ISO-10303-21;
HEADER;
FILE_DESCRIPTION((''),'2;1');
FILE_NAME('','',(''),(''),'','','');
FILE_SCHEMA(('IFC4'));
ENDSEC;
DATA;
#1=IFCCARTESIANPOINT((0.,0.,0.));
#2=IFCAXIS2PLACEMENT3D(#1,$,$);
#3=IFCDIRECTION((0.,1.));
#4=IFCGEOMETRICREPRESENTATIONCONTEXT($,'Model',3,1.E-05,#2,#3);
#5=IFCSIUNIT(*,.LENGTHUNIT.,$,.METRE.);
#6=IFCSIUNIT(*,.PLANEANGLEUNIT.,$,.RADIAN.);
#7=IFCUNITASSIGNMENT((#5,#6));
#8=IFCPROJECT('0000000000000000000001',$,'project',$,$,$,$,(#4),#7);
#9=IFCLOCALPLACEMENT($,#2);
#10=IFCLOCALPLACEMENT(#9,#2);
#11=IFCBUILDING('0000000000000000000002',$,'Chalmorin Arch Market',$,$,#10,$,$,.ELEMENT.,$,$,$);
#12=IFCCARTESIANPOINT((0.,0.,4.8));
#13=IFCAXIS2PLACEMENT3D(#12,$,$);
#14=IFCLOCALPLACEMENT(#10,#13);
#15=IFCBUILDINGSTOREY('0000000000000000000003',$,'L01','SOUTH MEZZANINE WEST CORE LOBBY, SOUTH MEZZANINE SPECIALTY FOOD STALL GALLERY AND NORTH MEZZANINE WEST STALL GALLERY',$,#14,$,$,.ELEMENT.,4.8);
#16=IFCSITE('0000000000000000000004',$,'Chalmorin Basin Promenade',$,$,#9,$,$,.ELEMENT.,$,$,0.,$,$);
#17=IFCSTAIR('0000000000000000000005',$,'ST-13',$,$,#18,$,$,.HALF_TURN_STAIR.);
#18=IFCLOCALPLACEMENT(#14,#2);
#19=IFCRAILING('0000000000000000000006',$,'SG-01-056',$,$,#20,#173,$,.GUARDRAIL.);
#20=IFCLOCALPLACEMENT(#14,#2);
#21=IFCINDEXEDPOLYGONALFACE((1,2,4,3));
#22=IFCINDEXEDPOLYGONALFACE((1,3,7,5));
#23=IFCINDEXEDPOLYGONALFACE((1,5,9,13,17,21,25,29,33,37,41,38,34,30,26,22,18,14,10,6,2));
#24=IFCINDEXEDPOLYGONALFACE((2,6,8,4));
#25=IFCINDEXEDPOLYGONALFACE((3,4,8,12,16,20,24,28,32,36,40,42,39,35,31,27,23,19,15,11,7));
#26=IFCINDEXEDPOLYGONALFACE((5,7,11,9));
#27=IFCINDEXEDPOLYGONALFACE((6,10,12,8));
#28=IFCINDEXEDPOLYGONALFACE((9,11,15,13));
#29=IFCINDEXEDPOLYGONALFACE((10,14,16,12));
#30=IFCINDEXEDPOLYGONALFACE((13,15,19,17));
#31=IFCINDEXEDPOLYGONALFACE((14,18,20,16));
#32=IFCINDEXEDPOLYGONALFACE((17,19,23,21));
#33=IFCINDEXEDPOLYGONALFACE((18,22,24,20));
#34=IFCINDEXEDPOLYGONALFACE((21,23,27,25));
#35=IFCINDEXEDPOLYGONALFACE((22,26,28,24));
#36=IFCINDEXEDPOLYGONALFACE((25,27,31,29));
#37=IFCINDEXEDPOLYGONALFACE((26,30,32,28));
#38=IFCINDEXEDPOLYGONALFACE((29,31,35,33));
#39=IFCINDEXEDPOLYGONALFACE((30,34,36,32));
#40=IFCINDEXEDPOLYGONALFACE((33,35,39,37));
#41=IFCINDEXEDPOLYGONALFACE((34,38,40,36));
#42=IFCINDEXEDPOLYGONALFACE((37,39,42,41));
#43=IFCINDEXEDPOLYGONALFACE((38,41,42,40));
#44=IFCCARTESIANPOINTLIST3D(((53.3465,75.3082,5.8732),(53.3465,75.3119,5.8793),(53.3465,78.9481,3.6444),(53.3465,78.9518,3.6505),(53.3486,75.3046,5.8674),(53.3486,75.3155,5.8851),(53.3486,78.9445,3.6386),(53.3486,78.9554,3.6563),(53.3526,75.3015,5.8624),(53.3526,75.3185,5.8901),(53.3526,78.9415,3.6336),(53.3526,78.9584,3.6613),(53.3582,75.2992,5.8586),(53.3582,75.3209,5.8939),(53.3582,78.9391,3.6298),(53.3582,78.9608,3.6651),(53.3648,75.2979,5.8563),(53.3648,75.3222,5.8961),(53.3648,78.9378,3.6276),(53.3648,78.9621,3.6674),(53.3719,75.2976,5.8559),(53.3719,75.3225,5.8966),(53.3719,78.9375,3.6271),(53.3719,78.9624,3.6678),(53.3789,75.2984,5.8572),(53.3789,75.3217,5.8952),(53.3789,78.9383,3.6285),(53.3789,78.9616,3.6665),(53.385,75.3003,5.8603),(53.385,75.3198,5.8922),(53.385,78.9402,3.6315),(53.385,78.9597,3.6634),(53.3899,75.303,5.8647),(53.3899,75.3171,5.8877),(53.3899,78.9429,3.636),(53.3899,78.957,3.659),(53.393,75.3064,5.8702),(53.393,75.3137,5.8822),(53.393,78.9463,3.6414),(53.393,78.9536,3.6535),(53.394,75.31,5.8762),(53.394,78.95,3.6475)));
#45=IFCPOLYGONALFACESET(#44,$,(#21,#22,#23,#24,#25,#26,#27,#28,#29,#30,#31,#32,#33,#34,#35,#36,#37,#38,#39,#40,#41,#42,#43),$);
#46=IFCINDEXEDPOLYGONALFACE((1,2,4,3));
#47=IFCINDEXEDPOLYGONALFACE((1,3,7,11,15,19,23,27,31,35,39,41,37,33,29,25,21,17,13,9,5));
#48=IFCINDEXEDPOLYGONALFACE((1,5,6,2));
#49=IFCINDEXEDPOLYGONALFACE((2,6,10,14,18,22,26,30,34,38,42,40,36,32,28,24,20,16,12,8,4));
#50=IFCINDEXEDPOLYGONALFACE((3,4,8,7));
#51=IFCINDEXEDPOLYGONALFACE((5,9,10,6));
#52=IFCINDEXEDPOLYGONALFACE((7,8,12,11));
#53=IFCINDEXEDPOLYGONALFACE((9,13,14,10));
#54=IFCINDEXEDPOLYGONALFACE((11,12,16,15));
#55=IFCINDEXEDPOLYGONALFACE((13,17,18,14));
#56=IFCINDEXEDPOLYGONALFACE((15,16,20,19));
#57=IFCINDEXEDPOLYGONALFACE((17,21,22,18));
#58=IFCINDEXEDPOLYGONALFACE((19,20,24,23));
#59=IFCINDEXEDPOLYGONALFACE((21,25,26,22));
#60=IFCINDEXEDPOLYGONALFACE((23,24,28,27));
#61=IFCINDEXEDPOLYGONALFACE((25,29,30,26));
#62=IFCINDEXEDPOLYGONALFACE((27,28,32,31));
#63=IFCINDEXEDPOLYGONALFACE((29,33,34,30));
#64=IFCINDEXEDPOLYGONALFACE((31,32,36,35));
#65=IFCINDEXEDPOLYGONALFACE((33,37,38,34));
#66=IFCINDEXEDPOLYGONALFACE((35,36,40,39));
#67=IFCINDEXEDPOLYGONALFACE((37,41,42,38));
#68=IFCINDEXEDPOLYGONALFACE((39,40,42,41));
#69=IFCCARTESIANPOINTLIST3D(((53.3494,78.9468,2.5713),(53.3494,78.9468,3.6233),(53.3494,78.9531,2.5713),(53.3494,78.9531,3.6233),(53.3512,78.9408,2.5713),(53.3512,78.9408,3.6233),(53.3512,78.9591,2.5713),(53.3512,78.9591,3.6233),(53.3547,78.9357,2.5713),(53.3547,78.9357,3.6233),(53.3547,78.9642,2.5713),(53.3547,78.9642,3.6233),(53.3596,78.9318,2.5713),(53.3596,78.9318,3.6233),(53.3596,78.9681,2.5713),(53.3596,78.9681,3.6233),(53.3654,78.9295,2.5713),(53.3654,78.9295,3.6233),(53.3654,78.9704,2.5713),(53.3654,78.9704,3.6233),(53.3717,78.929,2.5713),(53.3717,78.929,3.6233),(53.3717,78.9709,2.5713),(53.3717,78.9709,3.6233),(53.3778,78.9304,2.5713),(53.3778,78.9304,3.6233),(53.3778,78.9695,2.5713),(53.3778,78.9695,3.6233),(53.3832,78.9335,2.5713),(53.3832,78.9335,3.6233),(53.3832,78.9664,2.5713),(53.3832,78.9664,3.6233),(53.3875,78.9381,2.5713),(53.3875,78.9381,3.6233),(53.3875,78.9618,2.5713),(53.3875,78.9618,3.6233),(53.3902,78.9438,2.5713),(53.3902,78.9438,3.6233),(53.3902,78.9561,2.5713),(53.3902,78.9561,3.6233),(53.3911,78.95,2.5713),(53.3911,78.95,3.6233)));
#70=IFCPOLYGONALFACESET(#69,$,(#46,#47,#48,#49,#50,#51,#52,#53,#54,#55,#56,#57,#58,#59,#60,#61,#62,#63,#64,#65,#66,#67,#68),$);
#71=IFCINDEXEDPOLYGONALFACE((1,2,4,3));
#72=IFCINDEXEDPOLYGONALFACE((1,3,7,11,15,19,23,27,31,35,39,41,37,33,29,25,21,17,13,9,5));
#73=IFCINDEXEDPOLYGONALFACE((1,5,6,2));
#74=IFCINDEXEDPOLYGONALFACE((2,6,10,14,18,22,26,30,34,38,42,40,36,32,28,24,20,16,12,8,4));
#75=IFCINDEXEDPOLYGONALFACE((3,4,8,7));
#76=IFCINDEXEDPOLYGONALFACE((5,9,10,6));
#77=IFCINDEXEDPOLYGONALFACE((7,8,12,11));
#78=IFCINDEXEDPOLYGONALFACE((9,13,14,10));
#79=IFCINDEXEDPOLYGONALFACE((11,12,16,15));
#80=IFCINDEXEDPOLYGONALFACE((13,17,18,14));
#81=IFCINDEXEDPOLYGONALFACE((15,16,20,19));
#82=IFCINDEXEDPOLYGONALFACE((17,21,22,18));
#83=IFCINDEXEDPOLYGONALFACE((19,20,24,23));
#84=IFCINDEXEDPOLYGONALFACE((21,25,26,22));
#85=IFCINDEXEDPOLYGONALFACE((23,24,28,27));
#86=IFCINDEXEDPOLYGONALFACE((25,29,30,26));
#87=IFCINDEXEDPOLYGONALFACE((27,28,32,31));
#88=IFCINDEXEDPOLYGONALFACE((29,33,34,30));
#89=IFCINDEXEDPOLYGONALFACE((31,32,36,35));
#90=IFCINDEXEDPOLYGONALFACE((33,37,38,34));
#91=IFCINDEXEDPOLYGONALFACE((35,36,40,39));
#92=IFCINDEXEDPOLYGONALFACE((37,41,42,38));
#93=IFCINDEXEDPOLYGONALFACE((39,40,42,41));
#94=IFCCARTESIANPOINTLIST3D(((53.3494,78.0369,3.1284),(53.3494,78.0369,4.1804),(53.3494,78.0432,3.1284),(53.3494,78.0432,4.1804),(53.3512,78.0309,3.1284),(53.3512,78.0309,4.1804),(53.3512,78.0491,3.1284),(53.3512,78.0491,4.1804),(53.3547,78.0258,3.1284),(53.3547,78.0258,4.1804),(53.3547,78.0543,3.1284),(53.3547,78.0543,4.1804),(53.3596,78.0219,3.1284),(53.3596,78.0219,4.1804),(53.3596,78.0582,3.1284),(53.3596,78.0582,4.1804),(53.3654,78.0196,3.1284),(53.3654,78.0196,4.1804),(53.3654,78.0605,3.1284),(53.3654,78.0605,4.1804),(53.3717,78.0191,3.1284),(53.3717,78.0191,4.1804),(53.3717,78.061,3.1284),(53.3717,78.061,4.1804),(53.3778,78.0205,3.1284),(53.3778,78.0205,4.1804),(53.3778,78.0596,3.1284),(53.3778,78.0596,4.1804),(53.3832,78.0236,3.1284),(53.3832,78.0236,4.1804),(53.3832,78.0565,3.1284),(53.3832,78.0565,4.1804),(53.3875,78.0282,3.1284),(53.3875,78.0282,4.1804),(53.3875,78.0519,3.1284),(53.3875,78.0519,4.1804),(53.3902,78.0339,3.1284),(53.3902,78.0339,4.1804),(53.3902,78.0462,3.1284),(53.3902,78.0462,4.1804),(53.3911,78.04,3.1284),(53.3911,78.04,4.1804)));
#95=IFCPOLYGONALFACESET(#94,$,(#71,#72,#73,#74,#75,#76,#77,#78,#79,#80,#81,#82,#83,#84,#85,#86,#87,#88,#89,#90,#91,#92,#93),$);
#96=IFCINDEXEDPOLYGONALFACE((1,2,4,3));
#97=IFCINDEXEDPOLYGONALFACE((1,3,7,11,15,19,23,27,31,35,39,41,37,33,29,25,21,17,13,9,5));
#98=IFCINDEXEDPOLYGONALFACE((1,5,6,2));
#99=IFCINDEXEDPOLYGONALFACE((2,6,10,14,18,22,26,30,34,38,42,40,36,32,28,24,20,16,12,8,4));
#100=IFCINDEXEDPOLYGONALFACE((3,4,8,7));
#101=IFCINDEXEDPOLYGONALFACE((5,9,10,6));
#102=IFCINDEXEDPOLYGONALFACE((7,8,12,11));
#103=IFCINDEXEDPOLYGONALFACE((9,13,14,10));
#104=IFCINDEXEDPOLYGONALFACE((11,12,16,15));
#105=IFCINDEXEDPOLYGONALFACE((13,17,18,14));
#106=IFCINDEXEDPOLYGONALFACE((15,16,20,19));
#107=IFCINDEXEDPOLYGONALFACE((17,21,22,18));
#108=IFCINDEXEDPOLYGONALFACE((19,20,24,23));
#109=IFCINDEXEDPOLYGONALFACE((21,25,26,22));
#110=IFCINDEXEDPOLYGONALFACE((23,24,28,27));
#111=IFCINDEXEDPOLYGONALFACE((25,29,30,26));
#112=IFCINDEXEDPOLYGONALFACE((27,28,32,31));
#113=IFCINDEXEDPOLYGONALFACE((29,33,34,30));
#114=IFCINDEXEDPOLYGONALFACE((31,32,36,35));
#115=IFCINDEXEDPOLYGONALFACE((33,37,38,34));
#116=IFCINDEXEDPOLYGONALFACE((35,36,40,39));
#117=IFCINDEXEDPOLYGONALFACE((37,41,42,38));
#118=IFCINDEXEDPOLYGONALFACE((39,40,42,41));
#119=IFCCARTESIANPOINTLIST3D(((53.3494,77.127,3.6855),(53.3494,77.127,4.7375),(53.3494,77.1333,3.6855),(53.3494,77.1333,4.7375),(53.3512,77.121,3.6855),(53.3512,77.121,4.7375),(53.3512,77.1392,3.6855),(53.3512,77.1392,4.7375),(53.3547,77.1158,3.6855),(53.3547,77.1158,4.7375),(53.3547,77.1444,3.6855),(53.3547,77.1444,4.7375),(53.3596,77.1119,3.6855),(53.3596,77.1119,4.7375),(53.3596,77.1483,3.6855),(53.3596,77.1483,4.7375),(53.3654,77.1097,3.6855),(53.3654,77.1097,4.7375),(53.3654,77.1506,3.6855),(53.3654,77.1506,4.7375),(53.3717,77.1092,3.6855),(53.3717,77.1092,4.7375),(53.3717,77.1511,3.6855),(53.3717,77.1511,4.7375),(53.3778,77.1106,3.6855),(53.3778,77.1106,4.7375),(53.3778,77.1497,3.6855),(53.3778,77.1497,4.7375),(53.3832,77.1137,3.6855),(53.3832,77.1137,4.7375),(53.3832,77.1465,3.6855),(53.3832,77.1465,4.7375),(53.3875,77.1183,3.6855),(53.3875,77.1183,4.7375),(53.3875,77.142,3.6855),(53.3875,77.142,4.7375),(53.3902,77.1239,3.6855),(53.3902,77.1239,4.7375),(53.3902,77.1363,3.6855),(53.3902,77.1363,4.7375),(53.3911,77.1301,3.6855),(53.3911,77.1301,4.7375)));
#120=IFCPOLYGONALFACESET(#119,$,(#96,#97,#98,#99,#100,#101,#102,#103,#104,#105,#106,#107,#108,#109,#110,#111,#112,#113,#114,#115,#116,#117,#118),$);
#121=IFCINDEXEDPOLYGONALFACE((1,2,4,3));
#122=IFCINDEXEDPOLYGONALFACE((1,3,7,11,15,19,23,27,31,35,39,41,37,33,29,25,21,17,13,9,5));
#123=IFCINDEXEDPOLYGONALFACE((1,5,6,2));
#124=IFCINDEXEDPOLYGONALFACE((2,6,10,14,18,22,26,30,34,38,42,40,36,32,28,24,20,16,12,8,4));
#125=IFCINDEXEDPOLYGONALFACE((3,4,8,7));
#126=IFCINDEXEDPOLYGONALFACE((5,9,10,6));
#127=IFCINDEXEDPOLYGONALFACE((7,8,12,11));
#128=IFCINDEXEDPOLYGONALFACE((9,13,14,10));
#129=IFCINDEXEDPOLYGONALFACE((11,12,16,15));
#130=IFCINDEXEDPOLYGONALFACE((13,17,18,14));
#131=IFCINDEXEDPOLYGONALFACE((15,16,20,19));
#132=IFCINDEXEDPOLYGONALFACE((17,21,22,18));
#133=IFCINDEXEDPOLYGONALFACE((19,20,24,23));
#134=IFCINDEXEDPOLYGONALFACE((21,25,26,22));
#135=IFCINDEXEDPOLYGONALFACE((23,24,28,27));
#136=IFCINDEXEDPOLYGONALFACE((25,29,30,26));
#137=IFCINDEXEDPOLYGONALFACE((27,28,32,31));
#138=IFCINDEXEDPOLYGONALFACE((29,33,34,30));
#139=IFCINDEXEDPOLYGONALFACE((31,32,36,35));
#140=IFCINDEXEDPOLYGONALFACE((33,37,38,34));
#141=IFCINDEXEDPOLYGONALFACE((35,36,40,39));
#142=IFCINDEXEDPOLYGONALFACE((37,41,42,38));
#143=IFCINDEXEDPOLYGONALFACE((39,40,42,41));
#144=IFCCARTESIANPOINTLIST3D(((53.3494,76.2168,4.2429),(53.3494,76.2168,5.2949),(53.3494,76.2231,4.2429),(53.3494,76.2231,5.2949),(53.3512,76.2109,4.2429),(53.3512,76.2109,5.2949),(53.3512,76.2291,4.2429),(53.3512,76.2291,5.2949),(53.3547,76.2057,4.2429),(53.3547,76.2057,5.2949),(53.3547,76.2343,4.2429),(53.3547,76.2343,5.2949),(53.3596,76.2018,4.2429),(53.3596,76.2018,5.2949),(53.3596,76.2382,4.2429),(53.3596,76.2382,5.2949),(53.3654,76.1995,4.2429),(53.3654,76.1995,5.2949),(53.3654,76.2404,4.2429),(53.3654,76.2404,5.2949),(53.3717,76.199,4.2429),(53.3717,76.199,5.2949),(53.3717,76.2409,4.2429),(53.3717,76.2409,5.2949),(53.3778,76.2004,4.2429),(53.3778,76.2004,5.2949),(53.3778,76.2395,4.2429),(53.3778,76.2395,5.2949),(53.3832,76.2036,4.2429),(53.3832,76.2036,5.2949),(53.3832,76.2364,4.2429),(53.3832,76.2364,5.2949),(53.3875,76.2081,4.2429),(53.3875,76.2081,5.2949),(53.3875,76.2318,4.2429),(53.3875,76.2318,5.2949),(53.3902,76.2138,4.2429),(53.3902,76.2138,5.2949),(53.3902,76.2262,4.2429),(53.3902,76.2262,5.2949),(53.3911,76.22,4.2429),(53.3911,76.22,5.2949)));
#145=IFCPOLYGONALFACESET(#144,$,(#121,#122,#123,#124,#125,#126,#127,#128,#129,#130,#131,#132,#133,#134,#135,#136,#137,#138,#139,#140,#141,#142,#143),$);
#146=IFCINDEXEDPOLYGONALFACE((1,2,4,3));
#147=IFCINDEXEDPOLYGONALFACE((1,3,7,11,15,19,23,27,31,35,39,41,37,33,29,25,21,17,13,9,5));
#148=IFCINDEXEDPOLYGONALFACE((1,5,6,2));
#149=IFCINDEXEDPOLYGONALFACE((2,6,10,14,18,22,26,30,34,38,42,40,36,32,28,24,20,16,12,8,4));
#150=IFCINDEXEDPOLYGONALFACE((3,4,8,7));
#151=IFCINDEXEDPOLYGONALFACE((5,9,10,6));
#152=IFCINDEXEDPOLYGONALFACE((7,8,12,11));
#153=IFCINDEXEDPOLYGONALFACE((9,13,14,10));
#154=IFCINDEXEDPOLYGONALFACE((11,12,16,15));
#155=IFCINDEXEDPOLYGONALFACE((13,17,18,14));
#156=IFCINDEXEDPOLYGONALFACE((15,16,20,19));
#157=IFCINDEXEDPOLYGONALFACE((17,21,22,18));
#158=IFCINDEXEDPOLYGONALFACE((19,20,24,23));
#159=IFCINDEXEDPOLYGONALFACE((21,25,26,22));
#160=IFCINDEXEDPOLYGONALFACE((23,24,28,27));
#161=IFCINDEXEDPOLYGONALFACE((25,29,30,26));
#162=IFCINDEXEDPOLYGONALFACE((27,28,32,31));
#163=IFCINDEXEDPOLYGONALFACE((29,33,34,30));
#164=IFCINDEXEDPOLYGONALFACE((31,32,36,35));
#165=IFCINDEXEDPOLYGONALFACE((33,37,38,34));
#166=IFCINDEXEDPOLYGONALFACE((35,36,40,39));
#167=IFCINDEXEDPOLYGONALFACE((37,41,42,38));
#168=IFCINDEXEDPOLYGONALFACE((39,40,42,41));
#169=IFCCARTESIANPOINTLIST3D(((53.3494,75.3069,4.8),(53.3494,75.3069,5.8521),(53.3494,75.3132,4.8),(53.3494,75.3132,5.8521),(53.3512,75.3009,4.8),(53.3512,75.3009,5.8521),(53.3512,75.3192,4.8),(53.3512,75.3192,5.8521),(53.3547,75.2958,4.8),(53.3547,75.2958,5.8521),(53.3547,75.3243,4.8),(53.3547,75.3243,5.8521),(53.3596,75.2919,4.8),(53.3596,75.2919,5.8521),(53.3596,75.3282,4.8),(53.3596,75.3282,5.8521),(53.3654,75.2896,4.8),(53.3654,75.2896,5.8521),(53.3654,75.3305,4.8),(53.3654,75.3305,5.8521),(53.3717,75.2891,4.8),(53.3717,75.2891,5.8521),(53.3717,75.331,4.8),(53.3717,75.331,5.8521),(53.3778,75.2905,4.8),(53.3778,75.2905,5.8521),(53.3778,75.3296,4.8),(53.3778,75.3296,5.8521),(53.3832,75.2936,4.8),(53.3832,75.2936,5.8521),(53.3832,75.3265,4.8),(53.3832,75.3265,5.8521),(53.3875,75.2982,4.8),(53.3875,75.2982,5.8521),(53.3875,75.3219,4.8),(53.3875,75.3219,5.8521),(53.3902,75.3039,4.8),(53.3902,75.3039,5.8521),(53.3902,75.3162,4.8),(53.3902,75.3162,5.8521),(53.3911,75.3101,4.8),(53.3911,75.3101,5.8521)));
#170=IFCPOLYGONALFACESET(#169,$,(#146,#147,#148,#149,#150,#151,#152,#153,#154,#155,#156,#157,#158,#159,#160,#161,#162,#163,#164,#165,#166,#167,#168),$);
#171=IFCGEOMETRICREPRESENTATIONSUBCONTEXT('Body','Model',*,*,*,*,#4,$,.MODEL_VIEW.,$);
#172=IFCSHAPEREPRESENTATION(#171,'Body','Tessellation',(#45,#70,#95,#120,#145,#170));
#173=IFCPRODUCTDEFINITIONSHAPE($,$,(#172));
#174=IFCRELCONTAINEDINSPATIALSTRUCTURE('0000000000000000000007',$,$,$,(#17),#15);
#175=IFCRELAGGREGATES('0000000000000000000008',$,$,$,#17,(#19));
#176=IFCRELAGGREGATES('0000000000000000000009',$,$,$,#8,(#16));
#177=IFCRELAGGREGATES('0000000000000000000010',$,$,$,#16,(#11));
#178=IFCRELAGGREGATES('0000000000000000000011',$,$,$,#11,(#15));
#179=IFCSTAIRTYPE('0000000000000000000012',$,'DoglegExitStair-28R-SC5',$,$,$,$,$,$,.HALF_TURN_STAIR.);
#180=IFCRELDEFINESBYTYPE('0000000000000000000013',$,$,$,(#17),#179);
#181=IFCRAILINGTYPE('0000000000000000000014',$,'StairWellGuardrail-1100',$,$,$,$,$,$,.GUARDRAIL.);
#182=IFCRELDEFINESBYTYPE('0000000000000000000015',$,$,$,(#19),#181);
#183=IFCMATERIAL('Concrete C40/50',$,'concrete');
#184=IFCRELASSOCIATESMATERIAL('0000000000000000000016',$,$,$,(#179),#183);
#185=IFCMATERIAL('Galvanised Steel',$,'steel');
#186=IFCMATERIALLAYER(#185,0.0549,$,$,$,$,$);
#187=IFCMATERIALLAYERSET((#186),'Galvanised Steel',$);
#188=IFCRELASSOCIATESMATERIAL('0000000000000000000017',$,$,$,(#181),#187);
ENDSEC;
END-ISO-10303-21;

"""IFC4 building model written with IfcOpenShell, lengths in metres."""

from ifc_helpers import new_model, si_unit, direction, frame, origin, origin_2d, place, context, subcontext, project, spatial, circle, extrude, material, layer, layer_set, type_object, element, aggregate, save


model = new_model("IFC4")

# Units and contexts
model_context = context("Model", 3, precision=1e-05, world=origin(), true_north=direction((0.0, 1.0)))
body_context = subcontext(model_context, "Body", "Model", "MODEL_VIEW")
ifc_project = project(units=[si_unit("LENGTHUNIT", "METRE"), si_unit("PLANEANGLEUNIT", "RADIAN")], contexts=[model_context])

# Site, building, storey
site_placement = place(None, origin())
site = spatial("IfcSite", under=ifc_project, at=site_placement, Name="Chalmorin Basin Promenade", CompositionType="ELEMENT", RefElevation=0.0)
building_placement = place(site_placement, origin())
building = spatial("IfcBuilding", under=site, at=building_placement, Name="Chalmorin Arch Market", CompositionType="ELEMENT")
storey_placement = place(building_placement, frame((0.0, 0.0, 4.8)))
storey = spatial("IfcBuildingStorey", under=building, at=storey_placement, Name="L01", Description="SOUTH MEZZANINE WEST CORE LOBBY, SOUTH MEZZANINE SPECIALTY FOOD STALL GALLERY AND NORTH MEZZANINE WEST STALL GALLERY", CompositionType="ELEMENT", Elevation=4.8)

# Shared definitions
ifc_material_1 = material(Name="Concrete C40/50", Category="concrete")

# Shared definitions
ifc_material_2 = material(Name="Galvanised Steel", Category="steel")

# Stair, railing
stair_type = type_object("IfcStairType", Name="DoglegExitStair-28R-SC5", PredefinedType="HALF_TURN_STAIR", material=ifc_material_1)
stair_placement = place(storey_placement, origin())
stair = element("IfcStair", 1, at=stair_placement, inside=storey, type_object=stair_type, Name="ST-13", PredefinedType="HALF_TURN_STAIR")
ifc_layer_1 = layer(ifc_material_2, 0.0549)
ifc_layer_set_1 = layer_set([ifc_layer_1], Name="Galvanised Steel")
railing_type_1 = type_object("IfcRailingType", Name="StairWellGuardrail-1100", PredefinedType="GUARDRAIL", material=ifc_layer_set_1)
railing_1_placement = place(storey_placement, frame((53.3701, 78.95, 2.5713)))
railing_1 = element("IfcRailing", 2, at=railing_1_placement, type_object=railing_type_1, Name="SG-01-056", PredefinedType="GUARDRAIL", context=body_context, shape_type="SweptSolid", body=[
    extrude(circle(Radius=0.0239, at=origin_2d()), frame((0.0, 0.0, 1.0762), z_axis=(0.0, -0.852825, 0.522197), x_axis=(1.0, 0.0, 0.0)), (0.0, 0.0, 1.0), 4.2681),
    extrude(circle(Radius=0.021, at=origin_2d()), origin(), (0.0, 0.0, 1.0), 1.052),
    extrude(circle(Radius=0.021, at=origin_2d()), frame((0.0, -0.9099, 0.5571)), (0.0, 0.0, 1.0), 1.052),
    extrude(circle(Radius=0.021, at=origin_2d()), frame((0.0, -1.8198, 1.1143)), (0.0, 0.0, 1.0), 1.052),
    extrude(circle(Radius=0.021, at=origin_2d()), frame((0.0, -2.73, 1.6716)), (0.0, 0.0, 1.0), 1.052),
    extrude(circle(Radius=0.021, at=origin_2d()), frame((0.0, -3.6399, 2.2288)), (0.0, 0.0, 1.0), 1.052),
])
aggregate(stair, [railing_1])

save(model, "model.ifc")
